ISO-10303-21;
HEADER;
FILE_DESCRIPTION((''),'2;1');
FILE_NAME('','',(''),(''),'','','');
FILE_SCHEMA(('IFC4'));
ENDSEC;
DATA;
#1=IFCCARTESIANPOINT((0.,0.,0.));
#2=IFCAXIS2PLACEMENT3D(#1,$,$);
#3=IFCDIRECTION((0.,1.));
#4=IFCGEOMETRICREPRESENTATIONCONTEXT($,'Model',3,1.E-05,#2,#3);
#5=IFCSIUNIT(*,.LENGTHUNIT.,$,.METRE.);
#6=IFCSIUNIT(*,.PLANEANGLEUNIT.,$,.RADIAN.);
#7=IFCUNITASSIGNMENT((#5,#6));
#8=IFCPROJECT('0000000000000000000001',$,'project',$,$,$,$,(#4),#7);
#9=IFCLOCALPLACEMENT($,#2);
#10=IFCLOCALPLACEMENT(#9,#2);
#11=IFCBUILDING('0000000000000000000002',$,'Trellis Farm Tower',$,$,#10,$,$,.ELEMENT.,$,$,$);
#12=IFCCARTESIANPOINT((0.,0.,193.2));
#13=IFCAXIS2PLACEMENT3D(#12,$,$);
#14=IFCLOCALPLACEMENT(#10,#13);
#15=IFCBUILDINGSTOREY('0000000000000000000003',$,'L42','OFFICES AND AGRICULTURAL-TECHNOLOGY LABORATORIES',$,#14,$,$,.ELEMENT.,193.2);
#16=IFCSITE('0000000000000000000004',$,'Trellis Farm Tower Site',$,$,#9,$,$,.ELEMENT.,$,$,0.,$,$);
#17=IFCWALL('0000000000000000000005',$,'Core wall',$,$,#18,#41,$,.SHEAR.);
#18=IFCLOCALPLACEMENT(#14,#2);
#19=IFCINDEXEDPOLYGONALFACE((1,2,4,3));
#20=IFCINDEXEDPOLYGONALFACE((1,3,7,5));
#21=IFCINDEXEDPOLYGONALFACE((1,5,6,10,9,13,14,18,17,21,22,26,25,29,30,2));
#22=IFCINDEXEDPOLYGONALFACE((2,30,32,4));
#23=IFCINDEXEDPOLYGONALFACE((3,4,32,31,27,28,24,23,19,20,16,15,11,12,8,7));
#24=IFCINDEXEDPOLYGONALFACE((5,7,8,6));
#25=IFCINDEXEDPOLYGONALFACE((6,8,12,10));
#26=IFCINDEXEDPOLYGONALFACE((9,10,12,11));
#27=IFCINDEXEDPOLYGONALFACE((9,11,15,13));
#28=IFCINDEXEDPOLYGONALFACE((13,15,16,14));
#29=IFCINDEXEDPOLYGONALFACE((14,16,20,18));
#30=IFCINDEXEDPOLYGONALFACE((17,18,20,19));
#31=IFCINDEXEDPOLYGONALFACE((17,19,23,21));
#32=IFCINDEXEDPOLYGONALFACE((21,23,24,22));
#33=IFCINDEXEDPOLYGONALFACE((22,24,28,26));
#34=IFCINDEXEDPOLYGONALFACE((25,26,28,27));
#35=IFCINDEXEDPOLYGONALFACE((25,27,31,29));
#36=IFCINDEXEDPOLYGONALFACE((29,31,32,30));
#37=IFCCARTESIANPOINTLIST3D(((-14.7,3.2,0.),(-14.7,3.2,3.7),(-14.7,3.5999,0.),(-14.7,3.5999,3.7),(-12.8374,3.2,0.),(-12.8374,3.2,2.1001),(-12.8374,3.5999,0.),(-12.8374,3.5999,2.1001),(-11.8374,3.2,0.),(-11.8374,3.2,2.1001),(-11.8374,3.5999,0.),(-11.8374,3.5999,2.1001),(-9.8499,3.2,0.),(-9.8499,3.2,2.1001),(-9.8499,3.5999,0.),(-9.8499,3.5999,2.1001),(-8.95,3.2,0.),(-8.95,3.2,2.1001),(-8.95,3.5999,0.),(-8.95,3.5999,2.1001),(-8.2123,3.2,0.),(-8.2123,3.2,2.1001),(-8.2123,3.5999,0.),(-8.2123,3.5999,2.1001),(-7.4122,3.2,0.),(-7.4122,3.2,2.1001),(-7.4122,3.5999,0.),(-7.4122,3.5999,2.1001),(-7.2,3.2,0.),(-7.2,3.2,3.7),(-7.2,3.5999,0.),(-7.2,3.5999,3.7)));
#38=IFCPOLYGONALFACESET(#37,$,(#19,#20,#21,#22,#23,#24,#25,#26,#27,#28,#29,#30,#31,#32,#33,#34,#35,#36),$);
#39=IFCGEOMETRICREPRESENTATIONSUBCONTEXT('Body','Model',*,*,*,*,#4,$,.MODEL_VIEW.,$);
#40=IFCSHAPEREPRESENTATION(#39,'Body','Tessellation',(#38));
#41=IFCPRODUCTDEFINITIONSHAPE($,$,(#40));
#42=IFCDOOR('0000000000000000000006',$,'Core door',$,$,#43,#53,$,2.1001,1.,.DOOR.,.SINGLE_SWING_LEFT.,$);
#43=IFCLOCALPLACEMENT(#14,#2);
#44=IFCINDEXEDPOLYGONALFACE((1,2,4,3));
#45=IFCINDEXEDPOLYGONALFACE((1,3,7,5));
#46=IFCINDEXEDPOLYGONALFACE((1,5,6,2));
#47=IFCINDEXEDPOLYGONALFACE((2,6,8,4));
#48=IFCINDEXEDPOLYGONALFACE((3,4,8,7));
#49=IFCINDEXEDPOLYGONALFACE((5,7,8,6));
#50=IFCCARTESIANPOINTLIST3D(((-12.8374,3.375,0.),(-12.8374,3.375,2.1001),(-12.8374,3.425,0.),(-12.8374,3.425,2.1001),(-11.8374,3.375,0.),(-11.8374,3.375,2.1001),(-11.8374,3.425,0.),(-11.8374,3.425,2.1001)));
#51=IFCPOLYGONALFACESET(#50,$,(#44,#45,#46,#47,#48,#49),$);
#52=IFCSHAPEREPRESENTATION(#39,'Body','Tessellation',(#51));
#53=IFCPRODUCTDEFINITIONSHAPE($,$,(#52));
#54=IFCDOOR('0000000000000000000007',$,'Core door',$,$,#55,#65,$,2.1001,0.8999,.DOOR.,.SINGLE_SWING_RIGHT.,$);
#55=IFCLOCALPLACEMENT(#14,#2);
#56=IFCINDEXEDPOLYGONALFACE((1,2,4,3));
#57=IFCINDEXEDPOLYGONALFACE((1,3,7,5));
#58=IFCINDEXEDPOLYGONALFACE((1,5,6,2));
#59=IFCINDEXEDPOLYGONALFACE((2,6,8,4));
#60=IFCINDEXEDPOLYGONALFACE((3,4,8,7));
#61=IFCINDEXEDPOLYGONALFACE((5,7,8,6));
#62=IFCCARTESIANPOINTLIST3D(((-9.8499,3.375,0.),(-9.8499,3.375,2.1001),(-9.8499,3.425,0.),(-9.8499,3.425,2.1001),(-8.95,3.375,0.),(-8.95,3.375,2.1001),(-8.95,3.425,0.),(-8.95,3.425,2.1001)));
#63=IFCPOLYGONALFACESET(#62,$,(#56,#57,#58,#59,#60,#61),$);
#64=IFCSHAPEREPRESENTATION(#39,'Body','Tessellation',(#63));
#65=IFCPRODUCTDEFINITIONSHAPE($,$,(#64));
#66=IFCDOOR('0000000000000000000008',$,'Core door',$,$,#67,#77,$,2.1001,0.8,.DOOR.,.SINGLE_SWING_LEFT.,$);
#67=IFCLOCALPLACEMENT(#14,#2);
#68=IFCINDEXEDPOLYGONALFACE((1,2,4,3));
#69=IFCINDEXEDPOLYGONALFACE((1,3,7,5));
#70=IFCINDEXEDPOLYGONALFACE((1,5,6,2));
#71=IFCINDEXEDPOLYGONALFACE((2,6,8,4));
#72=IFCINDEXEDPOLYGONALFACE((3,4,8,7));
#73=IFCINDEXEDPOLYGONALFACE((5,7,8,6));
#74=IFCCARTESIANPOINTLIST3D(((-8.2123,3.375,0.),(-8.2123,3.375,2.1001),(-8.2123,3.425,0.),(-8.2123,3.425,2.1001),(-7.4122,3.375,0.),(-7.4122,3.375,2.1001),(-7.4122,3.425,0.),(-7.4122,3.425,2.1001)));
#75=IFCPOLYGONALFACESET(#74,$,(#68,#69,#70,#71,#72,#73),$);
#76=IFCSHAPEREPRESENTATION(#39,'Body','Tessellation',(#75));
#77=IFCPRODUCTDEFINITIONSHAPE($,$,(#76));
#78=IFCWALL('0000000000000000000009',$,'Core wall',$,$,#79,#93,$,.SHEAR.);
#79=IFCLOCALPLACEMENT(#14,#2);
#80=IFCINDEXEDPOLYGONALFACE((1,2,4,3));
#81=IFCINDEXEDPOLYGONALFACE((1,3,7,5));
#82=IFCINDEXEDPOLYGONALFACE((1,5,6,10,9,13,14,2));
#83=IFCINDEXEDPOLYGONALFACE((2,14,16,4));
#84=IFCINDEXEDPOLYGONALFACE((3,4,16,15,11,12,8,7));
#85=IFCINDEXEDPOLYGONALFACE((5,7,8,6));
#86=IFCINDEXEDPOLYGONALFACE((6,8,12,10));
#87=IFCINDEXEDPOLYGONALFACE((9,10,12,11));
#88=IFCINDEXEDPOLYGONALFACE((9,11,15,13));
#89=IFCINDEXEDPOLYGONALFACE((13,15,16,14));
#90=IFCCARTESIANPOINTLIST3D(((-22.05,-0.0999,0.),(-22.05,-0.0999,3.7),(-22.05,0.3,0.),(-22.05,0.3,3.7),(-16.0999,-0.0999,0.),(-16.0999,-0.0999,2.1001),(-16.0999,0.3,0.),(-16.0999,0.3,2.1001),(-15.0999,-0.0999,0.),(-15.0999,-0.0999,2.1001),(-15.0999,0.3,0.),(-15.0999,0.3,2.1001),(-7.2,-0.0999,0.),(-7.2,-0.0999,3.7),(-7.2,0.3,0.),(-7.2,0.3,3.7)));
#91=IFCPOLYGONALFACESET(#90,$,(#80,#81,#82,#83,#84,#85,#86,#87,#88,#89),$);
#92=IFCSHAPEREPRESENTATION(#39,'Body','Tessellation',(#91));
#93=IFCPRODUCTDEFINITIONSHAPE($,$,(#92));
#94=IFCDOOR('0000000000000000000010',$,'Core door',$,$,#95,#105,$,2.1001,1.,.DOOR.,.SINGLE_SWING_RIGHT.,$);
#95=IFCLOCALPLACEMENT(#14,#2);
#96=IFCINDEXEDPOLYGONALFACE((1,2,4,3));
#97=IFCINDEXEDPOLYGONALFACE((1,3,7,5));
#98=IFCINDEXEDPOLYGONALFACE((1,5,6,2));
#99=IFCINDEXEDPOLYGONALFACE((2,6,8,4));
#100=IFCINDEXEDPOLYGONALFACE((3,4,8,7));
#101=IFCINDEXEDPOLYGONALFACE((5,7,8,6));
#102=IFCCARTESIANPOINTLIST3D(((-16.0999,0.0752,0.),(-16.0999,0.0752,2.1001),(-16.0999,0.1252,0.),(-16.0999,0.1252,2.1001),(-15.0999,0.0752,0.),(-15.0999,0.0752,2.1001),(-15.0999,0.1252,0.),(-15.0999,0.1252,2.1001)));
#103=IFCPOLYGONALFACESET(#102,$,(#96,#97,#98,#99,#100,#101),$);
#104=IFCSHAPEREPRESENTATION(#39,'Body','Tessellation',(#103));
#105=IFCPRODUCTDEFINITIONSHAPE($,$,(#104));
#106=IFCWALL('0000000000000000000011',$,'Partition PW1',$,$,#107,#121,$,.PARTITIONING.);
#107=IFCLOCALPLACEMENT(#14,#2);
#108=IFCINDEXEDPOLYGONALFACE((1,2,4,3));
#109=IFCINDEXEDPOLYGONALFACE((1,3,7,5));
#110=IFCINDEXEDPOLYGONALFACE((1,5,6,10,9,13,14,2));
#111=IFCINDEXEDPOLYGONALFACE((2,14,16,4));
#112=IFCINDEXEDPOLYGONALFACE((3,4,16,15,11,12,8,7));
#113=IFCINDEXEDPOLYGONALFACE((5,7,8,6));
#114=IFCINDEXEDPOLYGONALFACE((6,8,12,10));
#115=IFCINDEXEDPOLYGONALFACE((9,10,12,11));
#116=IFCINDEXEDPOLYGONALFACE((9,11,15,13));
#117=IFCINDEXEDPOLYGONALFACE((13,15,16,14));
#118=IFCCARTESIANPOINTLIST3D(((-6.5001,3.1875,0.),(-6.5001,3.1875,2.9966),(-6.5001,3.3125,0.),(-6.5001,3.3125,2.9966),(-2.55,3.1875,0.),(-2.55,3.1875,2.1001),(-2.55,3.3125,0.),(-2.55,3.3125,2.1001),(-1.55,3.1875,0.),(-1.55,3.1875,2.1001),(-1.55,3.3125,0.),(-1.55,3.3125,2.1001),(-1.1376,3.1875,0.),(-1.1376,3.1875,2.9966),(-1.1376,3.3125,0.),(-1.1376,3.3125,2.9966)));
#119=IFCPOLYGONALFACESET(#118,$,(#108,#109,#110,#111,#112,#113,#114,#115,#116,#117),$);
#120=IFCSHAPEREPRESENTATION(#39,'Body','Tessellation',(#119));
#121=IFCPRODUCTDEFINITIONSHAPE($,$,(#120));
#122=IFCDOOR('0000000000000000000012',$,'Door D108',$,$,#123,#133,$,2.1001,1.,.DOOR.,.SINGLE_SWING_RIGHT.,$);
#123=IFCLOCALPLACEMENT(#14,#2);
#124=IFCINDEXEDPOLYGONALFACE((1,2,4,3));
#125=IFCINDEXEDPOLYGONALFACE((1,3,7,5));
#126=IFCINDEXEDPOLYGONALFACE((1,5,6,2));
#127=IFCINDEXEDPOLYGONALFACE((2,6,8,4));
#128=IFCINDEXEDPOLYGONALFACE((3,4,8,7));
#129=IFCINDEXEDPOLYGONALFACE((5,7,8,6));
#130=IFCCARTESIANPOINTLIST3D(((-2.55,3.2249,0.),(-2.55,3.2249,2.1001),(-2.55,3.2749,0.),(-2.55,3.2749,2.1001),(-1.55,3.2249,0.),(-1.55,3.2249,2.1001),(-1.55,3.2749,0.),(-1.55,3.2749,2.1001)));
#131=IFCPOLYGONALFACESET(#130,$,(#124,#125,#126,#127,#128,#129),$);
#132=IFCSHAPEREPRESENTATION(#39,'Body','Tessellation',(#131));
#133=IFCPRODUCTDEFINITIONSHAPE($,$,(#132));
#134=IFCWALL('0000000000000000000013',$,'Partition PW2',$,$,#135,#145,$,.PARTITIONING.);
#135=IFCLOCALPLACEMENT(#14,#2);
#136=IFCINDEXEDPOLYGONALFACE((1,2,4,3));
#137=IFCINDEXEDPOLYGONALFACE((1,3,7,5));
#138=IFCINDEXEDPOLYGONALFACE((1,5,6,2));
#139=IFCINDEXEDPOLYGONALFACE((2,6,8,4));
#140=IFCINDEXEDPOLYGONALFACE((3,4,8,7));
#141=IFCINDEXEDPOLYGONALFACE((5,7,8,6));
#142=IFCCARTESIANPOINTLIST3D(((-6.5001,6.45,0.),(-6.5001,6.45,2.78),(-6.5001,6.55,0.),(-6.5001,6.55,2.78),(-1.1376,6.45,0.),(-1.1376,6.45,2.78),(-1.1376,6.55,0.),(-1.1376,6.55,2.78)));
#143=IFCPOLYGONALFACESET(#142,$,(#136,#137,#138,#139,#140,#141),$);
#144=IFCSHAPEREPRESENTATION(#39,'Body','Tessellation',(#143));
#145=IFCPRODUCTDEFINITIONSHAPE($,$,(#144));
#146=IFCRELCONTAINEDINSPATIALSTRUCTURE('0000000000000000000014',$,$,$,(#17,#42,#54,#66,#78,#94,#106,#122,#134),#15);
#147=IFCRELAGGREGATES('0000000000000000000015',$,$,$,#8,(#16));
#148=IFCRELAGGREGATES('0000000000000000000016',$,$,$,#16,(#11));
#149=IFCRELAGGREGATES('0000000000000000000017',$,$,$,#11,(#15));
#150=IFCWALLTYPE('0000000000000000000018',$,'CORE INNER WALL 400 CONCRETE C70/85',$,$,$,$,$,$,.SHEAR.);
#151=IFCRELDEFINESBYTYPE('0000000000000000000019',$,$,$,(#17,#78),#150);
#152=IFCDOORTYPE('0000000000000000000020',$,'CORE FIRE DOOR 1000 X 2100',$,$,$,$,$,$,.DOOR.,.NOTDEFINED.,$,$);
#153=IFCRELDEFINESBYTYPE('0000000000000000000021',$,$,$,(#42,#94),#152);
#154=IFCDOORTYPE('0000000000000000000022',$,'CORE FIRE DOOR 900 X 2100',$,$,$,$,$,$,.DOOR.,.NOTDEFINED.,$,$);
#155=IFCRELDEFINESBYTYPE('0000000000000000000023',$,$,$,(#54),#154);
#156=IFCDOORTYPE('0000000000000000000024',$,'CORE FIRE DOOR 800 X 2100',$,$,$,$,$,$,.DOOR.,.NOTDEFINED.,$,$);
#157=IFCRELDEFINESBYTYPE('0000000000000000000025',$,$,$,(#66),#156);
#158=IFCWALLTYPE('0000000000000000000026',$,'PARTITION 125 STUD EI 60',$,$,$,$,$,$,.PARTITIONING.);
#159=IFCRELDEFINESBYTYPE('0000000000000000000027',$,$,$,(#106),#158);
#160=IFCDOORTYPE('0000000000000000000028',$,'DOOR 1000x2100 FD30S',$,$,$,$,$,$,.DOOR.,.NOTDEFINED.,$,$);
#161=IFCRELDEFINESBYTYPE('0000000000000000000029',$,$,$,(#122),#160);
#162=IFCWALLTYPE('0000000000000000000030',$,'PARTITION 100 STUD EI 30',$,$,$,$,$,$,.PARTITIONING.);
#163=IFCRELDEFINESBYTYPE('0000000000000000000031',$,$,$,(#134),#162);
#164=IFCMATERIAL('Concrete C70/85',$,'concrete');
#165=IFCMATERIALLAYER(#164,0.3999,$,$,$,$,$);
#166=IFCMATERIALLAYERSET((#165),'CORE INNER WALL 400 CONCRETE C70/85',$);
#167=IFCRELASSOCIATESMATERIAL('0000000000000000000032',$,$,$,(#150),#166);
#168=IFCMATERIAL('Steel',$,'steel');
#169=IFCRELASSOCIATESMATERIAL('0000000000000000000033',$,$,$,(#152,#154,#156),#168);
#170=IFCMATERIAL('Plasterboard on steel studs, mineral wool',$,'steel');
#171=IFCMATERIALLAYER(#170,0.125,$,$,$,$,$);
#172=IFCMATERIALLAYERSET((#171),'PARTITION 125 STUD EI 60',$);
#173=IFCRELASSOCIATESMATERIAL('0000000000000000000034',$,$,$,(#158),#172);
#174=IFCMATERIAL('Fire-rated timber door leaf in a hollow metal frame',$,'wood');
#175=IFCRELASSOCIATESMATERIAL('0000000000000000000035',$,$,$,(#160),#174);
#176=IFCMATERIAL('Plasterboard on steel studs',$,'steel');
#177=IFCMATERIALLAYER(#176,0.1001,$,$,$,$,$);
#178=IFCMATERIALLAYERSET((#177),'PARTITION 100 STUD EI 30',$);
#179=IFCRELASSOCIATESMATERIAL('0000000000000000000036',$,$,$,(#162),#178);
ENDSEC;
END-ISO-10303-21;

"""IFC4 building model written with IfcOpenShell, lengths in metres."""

from ifc_helpers import new_model, si_unit, direction, frame, frame_2d, origin, place, context, subcontext, project, spatial, rectangle, extrude, source, transform, mapped, material, layer, layer_set, type_object, element, fill, save


model = new_model("IFC4")

# Units and contexts
model_context = context("Model", 3, precision=1e-05, world=origin(), true_north=direction((0.0, 1.0)))
body_context = subcontext(model_context, "Body", "Model", "MODEL_VIEW")
ifc_project = project(units=[si_unit("LENGTHUNIT", "METRE"), si_unit("PLANEANGLEUNIT", "RADIAN")], contexts=[model_context])

# Site, building, storey
site_placement = place(None, origin())
site = spatial("IfcSite", under=ifc_project, at=site_placement, Name="Trellis Farm Tower Site", CompositionType="ELEMENT", RefElevation=0.0)
building_placement = place(site_placement, origin())
building = spatial("IfcBuilding", under=site, at=building_placement, Name="Trellis Farm Tower", CompositionType="ELEMENT")
storey_placement = place(building_placement, frame((0.0, 0.0, 193.2)))
storey = spatial("IfcBuildingStorey", under=building, at=storey_placement, Name="L42", Description="OFFICES AND AGRICULTURAL-TECHNOLOGY LABORATORIES", CompositionType="ELEMENT", Elevation=193.2)

# Shared definitions
ifc_material_1 = material(Name="Concrete C70/85", Category="concrete")

# Shared definitions
ifc_material_2 = material(Name="Steel", Category="steel")

# Wall, openings, doors
ifc_layer_1 = layer(ifc_material_1, 0.3999)
ifc_layer_set_1 = layer_set([ifc_layer_1], Name="CORE INNER WALL 400 CONCRETE C70/85")
wall_type_1 = type_object("IfcWallType", Name="CORE INNER WALL 400 CONCRETE C70/85", PredefinedType="SHEAR", material=ifc_layer_set_1)
shared_shape_1 = source(origin(), body_context, "Body", "SweptSolid", [
    extrude(rectangle(XDim=7.5, YDim=0.3999, at=frame_2d((3.75, 0.0))), origin(), (0.0, 0.0, 1.0), 3.7),
])
wall_1_placement = place(storey_placement, frame((-7.2, 3.3999, 0.0), z_axis=(0.0, 0.0, 1.0), x_axis=(-1.0, 0.0, 0.0)))
wall_1 = element("IfcWall", 1, at=wall_1_placement, inside=storey, type_object=wall_type_1, Name="Core wall", PredefinedType="SHEAR", context=body_context, shape_type="MappedRepresentation", body=[
    mapped(shared_shape_1, transform((0.0, 0.0, 0.0))),
])
shared_shape_2 = source(origin(), body_context, "Body", "SweptSolid", [
    extrude(rectangle(XDim=0.8, YDim=2.1001, at=frame_2d((0.3999, 1.05))), frame((0.0, 0.21, 0.0), z_axis=(0.0, -1.0, 0.0), x_axis=(1.0, 0.0, 0.0)), (0.0, 0.0, 1.0), 0.4199),
])
opening_1_placement = place(wall_1_placement, frame((0.2124, 0.0, 0.0)))
opening_1 = element("IfcOpeningElement", 2, at=opening_1_placement, cuts=wall_1, PredefinedType="OPENING", context=body_context, shape_type="MappedRepresentation", body=[
    mapped(shared_shape_2, transform((0.0, 0.0, 0.0))),
])
shared_shape_3 = source(origin(), body_context, "Body", "SweptSolid", [
    extrude(rectangle(XDim=0.8999, YDim=2.1001, at=frame_2d((0.45, 1.05))), frame((0.0, 0.21, 0.0), z_axis=(0.0, -1.0, 0.0), x_axis=(1.0, 0.0, 0.0)), (0.0, 0.0, 1.0), 0.4199),
])
opening_2_placement = place(wall_1_placement, frame((1.75, 0.0, 0.0)))
opening_2 = element("IfcOpeningElement", 3, at=opening_2_placement, cuts=wall_1, PredefinedType="OPENING", context=body_context, shape_type="MappedRepresentation", body=[
    mapped(shared_shape_3, transform((0.0, 0.0, 0.0))),
])
shared_shape_4 = source(origin(), body_context, "Body", "SweptSolid", [
    extrude(rectangle(XDim=1.0, YDim=2.1001, at=frame_2d((0.5, 1.05))), frame((0.0, 0.21, 0.0), z_axis=(0.0, -1.0, 0.0), x_axis=(1.0, 0.0, 0.0)), (0.0, 0.0, 1.0), 0.4199),
])
opening_3_placement = place(wall_1_placement, frame((4.6375, 0.0, 0.0)))
opening_3 = element("IfcOpeningElement", 4, at=opening_3_placement, cuts=wall_1, PredefinedType="OPENING", context=body_context, shape_type="MappedRepresentation", body=[
    mapped(shared_shape_4, transform((0.0, 0.0, 0.0))),
])
door_type_1 = type_object("IfcDoorType", Name="CORE FIRE DOOR 1000 X 2100", OperationType="NOTDEFINED", PredefinedType="DOOR", material=ifc_material_2)
shared_shape_5 = source(origin(), body_context, "Body", "SweptSolid", [
    extrude(rectangle(XDim=1.0, YDim=2.1001, at=frame_2d((0.5, 1.05))), frame((0.0, 0.0249, 0.0), z_axis=(0.0, -1.0, 0.0), x_axis=(1.0, 0.0, 0.0)), (0.0, 0.0, 1.0), 0.05),
])
door_1_placement = place(opening_3_placement, origin())
door_1 = element("IfcDoor", 5, at=door_1_placement, inside=storey, type_object=door_type_1, Name="Core door", OperationType="SINGLE_SWING_LEFT", OverallHeight=2.1001, OverallWidth=1.0, PredefinedType="DOOR", context=body_context, shape_type="MappedRepresentation", body=[
    mapped(shared_shape_5, transform((0.0, 0.0, 0.0))),
])
fill(opening_3, door_1)
door_type_2 = type_object("IfcDoorType", Name="CORE FIRE DOOR 900 X 2100", OperationType="NOTDEFINED", PredefinedType="DOOR", material=ifc_material_2)
shared_shape_6 = source(origin(), body_context, "Body", "SweptSolid", [
    extrude(rectangle(XDim=0.8999, YDim=2.1001, at=frame_2d((0.45, 1.05))), frame((0.0, 0.0249, 0.0), z_axis=(0.0, -1.0, 0.0), x_axis=(1.0, 0.0, 0.0)), (0.0, 0.0, 1.0), 0.05),
])
door_2_placement = place(opening_2_placement, origin())
door_2 = element("IfcDoor", 6, at=door_2_placement, inside=storey, type_object=door_type_2, Name="Core door", OperationType="SINGLE_SWING_RIGHT", OverallHeight=2.1001, OverallWidth=0.8999, PredefinedType="DOOR", context=body_context, shape_type="MappedRepresentation", body=[
    mapped(shared_shape_6, transform((0.0, 0.0, 0.0))),
])
fill(opening_2, door_2)
door_type_3 = type_object("IfcDoorType", Name="CORE FIRE DOOR 800 X 2100", OperationType="NOTDEFINED", PredefinedType="DOOR", material=ifc_material_2)
shared_shape_7 = source(origin(), body_context, "Body", "SweptSolid", [
    extrude(rectangle(XDim=0.8, YDim=2.1001, at=frame_2d((0.3999, 1.05))), frame((0.0, 0.0249, 0.0), z_axis=(0.0, -1.0, 0.0), x_axis=(1.0, 0.0, 0.0)), (0.0, 0.0, 1.0), 0.05),
])
door_3_placement = place(opening_1_placement, origin())
door_3 = element("IfcDoor", 7, at=door_3_placement, inside=storey, type_object=door_type_3, Name="Core door", OperationType="SINGLE_SWING_LEFT", OverallHeight=2.1001, OverallWidth=0.8, PredefinedType="DOOR", context=body_context, shape_type="MappedRepresentation", body=[
    mapped(shared_shape_7, transform((0.0, 0.0, 0.0))),
])
fill(opening_1, door_3)

# Walls, openings, doors
shared_shape_8 = source(origin(), body_context, "Body", "SweptSolid", [
    extrude(rectangle(XDim=14.8501, YDim=0.3999, at=frame_2d((7.425, 0.0))), origin(), (0.0, 0.0, 1.0), 3.7),
])
wall_2_placement = place(storey_placement, frame((-7.2, 0.1001, 0.0), z_axis=(0.0, 0.0, 1.0), x_axis=(-1.0, 0.0, 0.0)))
wall_2 = element("IfcWall", 8, at=wall_2_placement, inside=storey, type_object=wall_type_1, Name="Core wall", PredefinedType="SHEAR", context=body_context, shape_type="MappedRepresentation", body=[
    mapped(shared_shape_8, transform((0.0, 0.0, 0.0))),
])
opening_4_placement = place(wall_2_placement, frame((7.8999, 0.0, 0.0)))
opening_4 = element("IfcOpeningElement", 9, at=opening_4_placement, cuts=wall_2, PredefinedType="OPENING", context=body_context, shape_type="MappedRepresentation", body=[
    mapped(shared_shape_4, transform((0.0, 0.0, 0.0))),
])
door_4_placement = place(opening_4_placement, origin())
door_4 = element("IfcDoor", 10, at=door_4_placement, inside=storey, type_object=door_type_1, Name="Core door", OperationType="SINGLE_SWING_RIGHT", OverallHeight=2.1001, OverallWidth=1.0, PredefinedType="DOOR", context=body_context, shape_type="MappedRepresentation", body=[
    mapped(shared_shape_5, transform((0.0, 0.0, 0.0))),
])
fill(opening_4, door_4)
ifc_material_3 = material(Name="Plasterboard on steel studs, mineral wool", Category="steel")
ifc_layer_2 = layer(ifc_material_3, 0.125)
ifc_layer_set_2 = layer_set([ifc_layer_2], Name="PARTITION 125 STUD EI 60")
wall_type_2 = type_object("IfcWallType", Name="PARTITION 125 STUD EI 60", PredefinedType="PARTITIONING", material=ifc_layer_set_2)
shared_shape_9 = source(origin(), body_context, "Body", "SweptSolid", [
    extrude(rectangle(XDim=5.3625, YDim=0.125, at=frame_2d((2.6812, 0.0))), origin(), (0.0, 0.0, 1.0), 2.9966),
])
wall_3_placement = place(storey_placement, frame((-6.5, 3.25, 0.0), z_axis=(0.0, 0.0, 1.0), x_axis=(1.0, 0.0, 0.0)))
wall_3 = element("IfcWall", 11, at=wall_3_placement, inside=storey, type_object=wall_type_2, Name="Partition PW1", PredefinedType="PARTITIONING", context=body_context, shape_type="MappedRepresentation", body=[
    mapped(shared_shape_9, transform((0.0, 0.0, 0.0))),
])
shared_shape_10 = source(origin(), body_context, "Body", "SweptSolid", [
    extrude(rectangle(XDim=1.0, YDim=2.1001, at=frame_2d((0.5, 1.05))), frame((0.0, 0.0725, 0.0), z_axis=(0.0, -1.0, 0.0), x_axis=(1.0, 0.0, 0.0)), (0.0, 0.0, 1.0), 0.145),
])
opening_5_placement = place(wall_3_placement, frame((3.95, 0.0, 0.0)))
opening_5 = element("IfcOpeningElement", 12, at=opening_5_placement, cuts=wall_3, PredefinedType="OPENING", context=body_context, shape_type="MappedRepresentation", body=[
    mapped(shared_shape_10, transform((0.0, 0.0, 0.0))),
])
ifc_material_4 = material(Name="Fire-rated timber door leaf in a hollow metal frame", Category="wood")
door_type_4 = type_object("IfcDoorType", Name="DOOR 1000x2100 FD30S", OperationType="NOTDEFINED", PredefinedType="DOOR", material=ifc_material_4)
door_5_placement = place(opening_5_placement, origin())
door_5 = element("IfcDoor", 13, at=door_5_placement, inside=storey, type_object=door_type_4, Name="Door D108", OperationType="SINGLE_SWING_RIGHT", OverallHeight=2.1001, OverallWidth=1.0, PredefinedType="DOOR", context=body_context, shape_type="MappedRepresentation", body=[
    mapped(shared_shape_5, transform((0.0, 0.0, 0.0))),
])
fill(opening_5, door_5)

# Wall
ifc_material_5 = material(Name="Plasterboard on steel studs", Category="steel")
ifc_layer_3 = layer(ifc_material_5, 0.1001)
ifc_layer_set_3 = layer_set([ifc_layer_3], Name="PARTITION 100 STUD EI 30")
wall_type_3 = type_object("IfcWallType", Name="PARTITION 100 STUD EI 30", PredefinedType="PARTITIONING", material=ifc_layer_set_3)
shared_shape_11 = source(origin(), body_context, "Body", "SweptSolid", [
    extrude(rectangle(XDim=5.3625, YDim=0.1001, at=frame_2d((2.6812, 0.0))), origin(), (0.0, 0.0, 1.0), 2.78),
])
wall_4_placement = place(storey_placement, frame((-6.5, 6.5, 0.0), z_axis=(0.0, 0.0, 1.0), x_axis=(1.0, 0.0, 0.0)))
element("IfcWall", 14, at=wall_4_placement, inside=storey, type_object=wall_type_3, Name="Partition PW2", PredefinedType="PARTITIONING", context=body_context, shape_type="MappedRepresentation", body=[
    mapped(shared_shape_11, transform((0.0, 0.0, 0.0))),
])

save(model, "model.ifc")
